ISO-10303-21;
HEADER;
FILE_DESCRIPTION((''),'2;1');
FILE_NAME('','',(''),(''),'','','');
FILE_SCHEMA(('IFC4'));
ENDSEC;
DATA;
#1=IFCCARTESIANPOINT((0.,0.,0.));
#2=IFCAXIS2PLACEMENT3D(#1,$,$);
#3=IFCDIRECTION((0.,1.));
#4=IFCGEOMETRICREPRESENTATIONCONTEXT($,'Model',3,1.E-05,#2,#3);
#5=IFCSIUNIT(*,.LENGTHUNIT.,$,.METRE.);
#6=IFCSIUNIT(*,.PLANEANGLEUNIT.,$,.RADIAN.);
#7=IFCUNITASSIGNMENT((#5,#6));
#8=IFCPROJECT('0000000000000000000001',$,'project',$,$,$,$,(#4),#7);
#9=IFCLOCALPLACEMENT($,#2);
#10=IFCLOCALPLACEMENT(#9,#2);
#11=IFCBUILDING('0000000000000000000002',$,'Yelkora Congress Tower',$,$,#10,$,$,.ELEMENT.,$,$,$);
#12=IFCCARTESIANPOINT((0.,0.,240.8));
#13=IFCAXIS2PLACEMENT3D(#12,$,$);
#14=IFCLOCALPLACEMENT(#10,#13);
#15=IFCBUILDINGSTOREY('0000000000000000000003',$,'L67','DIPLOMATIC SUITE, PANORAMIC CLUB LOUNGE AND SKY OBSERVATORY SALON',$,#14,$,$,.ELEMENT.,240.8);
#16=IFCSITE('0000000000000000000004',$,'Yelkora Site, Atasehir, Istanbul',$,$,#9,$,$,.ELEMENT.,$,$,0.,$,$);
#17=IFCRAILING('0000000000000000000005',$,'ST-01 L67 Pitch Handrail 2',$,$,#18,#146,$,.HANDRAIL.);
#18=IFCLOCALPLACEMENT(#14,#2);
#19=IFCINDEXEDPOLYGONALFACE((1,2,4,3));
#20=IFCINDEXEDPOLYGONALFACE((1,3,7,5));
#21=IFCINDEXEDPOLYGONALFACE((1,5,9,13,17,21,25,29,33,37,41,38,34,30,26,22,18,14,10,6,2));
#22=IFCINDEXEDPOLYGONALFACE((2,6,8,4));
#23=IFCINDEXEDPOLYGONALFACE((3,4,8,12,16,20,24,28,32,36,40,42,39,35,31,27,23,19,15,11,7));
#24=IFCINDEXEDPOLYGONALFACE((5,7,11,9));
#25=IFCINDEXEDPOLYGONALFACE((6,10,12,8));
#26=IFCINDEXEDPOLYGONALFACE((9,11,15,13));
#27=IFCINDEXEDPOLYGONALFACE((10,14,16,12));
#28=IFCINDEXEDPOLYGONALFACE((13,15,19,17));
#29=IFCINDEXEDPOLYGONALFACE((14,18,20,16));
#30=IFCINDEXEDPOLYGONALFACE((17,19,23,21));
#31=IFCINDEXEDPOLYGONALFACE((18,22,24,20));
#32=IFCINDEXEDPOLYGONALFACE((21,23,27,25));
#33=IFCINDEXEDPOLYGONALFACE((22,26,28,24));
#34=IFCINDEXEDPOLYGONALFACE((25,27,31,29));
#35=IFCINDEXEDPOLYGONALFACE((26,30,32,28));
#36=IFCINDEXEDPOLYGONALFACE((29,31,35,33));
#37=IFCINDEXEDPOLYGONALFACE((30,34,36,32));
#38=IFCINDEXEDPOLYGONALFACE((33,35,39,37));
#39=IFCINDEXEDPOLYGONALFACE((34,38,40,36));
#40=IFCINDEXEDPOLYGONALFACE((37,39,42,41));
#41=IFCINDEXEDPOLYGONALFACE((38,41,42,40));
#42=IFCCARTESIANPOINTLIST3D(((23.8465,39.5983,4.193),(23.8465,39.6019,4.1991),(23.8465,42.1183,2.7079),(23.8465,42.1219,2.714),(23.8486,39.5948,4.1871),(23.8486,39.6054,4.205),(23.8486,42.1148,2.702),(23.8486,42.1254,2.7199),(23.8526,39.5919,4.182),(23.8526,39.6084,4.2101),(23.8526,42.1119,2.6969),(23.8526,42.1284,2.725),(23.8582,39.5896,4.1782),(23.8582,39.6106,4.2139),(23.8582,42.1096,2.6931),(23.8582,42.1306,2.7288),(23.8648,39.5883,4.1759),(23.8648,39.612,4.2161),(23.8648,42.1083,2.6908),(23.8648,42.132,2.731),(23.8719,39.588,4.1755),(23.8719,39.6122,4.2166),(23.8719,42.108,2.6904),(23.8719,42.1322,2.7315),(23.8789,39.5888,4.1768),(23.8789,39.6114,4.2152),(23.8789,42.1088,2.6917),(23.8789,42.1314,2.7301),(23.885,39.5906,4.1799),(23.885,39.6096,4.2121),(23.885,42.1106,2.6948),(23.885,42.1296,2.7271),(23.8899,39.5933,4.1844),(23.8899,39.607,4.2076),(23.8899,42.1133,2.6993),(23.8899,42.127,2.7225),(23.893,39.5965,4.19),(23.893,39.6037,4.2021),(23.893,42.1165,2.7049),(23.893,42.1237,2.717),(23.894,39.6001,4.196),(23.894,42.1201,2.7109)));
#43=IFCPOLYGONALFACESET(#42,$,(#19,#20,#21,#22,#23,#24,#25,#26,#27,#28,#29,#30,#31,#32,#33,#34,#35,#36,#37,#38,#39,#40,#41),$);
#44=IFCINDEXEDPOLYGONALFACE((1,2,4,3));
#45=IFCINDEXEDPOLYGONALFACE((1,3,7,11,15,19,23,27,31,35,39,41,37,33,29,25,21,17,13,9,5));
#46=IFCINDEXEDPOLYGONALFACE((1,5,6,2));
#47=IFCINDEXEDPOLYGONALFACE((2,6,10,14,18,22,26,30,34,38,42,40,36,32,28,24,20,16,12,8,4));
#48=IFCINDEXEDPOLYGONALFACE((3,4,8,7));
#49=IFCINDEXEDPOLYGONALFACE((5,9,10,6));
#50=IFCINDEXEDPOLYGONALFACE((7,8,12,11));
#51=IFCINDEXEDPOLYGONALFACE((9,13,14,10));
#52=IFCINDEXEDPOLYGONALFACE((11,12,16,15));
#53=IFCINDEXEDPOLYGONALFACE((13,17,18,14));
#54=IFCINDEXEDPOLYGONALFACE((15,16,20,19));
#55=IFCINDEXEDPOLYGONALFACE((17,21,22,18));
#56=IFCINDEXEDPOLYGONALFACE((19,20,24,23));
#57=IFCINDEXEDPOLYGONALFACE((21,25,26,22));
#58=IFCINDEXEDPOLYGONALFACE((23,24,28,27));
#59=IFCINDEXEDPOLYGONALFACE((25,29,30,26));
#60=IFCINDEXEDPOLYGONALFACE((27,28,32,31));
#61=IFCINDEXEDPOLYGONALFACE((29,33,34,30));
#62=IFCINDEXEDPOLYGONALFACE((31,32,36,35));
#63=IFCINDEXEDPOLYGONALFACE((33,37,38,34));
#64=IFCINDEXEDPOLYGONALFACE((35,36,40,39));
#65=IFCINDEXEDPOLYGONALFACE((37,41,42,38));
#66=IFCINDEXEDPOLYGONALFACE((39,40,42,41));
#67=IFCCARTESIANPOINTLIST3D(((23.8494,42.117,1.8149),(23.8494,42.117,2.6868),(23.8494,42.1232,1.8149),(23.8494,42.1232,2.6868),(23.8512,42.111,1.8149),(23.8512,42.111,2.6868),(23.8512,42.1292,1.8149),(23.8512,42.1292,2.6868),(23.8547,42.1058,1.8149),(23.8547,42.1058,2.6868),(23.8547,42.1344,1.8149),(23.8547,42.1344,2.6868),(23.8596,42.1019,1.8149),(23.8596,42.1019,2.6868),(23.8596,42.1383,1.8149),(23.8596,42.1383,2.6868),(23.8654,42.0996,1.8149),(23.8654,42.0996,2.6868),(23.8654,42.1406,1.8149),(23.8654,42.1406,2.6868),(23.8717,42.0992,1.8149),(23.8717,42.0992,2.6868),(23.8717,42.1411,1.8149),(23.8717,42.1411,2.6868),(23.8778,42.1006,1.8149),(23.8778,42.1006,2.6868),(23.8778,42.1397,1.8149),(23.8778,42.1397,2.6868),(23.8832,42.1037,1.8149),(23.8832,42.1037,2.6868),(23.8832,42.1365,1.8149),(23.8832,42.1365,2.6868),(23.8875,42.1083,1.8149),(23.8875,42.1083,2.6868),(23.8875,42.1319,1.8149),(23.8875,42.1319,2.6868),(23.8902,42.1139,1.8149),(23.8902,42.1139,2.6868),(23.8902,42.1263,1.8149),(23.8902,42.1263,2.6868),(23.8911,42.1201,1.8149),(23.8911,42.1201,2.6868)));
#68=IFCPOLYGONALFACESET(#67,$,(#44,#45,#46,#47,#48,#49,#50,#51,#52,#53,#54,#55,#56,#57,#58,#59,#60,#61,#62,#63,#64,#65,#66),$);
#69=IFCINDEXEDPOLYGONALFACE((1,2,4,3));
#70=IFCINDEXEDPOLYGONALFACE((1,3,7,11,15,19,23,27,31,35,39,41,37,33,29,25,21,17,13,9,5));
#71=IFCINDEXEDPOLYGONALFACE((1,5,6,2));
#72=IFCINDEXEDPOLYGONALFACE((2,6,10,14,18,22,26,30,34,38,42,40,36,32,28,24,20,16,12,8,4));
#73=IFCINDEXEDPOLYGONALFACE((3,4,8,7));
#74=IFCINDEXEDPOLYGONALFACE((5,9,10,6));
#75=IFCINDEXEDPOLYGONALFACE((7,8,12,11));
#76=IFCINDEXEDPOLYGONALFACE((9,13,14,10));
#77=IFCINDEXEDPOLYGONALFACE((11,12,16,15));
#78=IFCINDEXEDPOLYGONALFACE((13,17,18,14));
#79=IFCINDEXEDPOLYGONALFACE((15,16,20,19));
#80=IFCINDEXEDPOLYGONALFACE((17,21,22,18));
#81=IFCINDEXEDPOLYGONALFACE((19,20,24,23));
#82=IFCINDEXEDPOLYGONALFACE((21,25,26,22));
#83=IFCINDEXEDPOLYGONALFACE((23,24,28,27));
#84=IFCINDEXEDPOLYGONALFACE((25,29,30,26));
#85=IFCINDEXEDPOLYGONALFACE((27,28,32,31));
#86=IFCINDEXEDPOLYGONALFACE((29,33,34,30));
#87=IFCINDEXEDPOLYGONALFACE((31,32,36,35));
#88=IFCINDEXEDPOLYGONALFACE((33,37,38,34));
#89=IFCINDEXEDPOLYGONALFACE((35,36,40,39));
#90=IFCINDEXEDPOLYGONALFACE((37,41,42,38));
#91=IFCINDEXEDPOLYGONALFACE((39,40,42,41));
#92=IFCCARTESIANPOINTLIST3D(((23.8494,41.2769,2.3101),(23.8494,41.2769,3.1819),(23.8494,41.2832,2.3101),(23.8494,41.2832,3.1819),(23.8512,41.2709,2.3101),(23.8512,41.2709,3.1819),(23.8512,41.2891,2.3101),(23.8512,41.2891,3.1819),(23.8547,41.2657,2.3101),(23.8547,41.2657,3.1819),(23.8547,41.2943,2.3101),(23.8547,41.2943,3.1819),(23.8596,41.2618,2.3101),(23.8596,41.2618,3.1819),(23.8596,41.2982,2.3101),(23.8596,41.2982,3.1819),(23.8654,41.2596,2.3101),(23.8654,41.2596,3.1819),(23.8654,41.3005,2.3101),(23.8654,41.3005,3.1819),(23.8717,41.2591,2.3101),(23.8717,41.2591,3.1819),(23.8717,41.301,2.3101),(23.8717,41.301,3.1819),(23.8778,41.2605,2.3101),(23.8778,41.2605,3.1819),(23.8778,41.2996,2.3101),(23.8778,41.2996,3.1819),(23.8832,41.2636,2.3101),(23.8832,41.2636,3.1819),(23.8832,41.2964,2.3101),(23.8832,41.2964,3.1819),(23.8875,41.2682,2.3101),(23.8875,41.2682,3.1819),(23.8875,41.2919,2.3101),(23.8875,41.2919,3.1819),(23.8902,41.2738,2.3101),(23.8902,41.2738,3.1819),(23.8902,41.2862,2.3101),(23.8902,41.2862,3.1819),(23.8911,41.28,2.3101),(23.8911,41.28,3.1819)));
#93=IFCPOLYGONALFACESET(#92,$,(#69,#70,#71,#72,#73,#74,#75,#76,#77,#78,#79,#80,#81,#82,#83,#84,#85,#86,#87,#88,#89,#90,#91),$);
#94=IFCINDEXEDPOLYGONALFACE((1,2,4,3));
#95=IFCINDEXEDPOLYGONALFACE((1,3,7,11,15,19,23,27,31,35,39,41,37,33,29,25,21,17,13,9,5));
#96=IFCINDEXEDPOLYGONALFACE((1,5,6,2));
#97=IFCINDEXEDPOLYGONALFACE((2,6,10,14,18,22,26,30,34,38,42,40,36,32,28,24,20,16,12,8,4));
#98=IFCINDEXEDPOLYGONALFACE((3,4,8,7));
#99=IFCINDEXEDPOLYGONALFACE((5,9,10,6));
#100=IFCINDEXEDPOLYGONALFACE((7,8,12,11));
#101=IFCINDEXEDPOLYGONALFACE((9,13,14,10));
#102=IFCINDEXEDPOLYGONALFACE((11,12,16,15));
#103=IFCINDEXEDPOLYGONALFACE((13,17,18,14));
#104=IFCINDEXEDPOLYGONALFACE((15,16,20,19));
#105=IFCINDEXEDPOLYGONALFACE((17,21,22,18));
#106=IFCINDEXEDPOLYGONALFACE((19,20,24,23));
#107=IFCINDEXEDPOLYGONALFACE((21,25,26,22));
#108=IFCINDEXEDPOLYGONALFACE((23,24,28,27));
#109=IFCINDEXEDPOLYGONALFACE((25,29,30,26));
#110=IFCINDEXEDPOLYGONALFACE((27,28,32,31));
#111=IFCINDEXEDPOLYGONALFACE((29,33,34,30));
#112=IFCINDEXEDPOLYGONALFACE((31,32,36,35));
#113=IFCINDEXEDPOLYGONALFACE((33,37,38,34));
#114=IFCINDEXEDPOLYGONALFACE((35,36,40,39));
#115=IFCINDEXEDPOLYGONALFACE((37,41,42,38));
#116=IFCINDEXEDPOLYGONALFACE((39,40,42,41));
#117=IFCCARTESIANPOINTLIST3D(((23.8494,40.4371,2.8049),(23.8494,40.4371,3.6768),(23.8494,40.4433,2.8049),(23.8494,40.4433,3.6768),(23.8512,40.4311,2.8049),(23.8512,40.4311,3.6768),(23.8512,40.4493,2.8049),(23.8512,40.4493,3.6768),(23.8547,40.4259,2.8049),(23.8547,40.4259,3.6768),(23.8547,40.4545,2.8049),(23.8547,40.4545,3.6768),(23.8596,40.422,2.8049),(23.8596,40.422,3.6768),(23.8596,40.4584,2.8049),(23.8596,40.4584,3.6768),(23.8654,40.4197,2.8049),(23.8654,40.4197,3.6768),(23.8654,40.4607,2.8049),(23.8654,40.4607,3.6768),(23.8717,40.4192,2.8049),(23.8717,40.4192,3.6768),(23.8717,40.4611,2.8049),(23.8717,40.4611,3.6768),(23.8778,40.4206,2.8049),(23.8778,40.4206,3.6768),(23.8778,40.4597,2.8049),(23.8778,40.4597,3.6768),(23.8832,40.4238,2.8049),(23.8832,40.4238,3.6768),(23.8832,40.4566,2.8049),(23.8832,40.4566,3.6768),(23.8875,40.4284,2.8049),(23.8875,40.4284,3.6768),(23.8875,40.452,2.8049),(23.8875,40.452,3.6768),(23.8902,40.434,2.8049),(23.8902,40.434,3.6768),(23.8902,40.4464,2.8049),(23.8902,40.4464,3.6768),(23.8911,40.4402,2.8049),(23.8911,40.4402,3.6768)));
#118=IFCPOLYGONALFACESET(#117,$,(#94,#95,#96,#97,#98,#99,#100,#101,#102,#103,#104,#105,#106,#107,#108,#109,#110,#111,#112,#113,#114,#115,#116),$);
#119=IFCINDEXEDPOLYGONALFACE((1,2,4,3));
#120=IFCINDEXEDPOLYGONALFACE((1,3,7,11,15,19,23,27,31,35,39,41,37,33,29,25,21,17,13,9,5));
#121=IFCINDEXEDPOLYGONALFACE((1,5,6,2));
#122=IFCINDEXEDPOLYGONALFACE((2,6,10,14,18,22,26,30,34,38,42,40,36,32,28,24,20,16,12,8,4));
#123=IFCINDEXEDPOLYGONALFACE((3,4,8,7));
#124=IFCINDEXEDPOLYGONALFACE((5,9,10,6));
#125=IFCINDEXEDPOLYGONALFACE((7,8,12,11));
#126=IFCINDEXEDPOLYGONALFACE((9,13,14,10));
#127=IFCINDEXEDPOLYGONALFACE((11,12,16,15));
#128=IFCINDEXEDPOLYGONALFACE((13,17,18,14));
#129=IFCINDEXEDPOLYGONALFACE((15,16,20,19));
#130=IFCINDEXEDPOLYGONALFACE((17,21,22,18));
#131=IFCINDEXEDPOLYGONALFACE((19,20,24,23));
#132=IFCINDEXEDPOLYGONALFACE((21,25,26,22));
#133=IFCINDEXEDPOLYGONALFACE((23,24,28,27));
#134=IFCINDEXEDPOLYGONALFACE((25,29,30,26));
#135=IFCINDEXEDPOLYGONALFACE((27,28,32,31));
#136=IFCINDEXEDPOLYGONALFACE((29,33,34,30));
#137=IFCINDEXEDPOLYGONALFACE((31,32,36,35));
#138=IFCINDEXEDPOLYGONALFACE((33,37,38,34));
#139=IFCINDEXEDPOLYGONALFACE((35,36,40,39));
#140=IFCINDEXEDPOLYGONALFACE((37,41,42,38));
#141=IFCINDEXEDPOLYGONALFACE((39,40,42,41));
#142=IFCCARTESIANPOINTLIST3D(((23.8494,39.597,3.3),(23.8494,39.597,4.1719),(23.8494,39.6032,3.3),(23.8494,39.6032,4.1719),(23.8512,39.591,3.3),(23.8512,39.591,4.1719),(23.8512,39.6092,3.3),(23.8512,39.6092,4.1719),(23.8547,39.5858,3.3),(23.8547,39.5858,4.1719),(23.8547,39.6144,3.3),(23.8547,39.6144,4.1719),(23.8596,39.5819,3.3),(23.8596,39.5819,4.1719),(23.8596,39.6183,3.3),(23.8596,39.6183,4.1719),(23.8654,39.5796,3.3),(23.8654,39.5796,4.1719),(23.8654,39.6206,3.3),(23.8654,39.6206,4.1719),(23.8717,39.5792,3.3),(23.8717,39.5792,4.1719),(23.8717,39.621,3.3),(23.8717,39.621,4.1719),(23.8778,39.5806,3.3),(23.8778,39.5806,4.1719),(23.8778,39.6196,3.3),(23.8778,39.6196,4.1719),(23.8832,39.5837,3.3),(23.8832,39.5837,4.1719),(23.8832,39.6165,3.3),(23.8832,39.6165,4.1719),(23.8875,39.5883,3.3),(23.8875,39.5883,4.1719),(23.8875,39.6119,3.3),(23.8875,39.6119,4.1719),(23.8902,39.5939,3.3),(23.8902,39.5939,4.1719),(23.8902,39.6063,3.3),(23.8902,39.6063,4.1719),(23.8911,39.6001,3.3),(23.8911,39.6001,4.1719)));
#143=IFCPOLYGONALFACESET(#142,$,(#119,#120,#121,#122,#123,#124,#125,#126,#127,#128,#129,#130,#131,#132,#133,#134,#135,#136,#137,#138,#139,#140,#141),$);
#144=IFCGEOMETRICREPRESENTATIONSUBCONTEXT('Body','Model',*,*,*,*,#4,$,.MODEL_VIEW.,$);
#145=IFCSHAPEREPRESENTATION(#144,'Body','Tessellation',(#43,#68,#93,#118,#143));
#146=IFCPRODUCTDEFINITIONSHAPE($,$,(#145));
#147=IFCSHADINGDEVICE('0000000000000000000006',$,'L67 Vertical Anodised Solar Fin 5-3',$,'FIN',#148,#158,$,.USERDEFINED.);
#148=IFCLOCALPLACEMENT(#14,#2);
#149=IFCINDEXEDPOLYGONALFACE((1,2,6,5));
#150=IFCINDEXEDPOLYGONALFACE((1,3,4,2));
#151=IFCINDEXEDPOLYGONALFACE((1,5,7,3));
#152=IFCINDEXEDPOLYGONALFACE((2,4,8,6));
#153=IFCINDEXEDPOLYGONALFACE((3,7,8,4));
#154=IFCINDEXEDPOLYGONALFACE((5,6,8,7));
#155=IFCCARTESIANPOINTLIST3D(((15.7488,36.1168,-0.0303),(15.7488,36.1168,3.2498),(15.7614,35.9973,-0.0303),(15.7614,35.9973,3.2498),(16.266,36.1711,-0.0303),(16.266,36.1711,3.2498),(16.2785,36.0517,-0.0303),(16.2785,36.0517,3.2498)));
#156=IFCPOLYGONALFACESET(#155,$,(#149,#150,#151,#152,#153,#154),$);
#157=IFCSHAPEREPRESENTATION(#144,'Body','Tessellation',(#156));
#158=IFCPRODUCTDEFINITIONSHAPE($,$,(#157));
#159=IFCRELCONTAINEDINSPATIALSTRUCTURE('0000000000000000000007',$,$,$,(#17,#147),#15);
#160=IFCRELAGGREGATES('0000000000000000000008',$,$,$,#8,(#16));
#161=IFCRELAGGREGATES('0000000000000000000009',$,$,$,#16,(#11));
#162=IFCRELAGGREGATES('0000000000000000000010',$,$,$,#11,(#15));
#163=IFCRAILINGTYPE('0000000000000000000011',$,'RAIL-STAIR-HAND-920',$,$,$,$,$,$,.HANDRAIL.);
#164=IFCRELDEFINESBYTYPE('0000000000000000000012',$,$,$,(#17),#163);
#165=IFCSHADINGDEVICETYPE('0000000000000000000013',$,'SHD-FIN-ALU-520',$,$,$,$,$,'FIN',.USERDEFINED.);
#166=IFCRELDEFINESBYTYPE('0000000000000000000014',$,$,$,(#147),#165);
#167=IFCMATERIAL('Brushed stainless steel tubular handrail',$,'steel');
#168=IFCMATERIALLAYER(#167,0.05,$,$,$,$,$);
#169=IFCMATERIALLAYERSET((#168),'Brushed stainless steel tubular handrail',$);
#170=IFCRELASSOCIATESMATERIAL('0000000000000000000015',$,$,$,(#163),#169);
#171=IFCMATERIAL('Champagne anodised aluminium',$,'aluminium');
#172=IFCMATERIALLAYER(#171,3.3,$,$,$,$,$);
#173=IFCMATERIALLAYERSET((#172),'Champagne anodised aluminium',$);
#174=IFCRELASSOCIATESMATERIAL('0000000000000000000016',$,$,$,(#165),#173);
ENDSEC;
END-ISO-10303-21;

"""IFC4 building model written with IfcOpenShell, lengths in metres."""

from ifc_helpers import new_model, si_unit, direction, frame, origin, origin_2d, place, context, subcontext, project, spatial, rectangle, circle, extrude, material, layer, layer_set, type_object, element, save


model = new_model("IFC4")

# Units and contexts
model_context = context("Model", 3, precision=1e-05, world=origin(), true_north=direction((0.0, 1.0)))
body_context = subcontext(model_context, "Body", "Model", "MODEL_VIEW")
ifc_project = project(units=[si_unit("LENGTHUNIT", "METRE"), si_unit("PLANEANGLEUNIT", "RADIAN")], contexts=[model_context])

# Site, building, storey
site_placement = place(None, origin())
site = spatial("IfcSite", under=ifc_project, at=site_placement, Name="Yelkora Site, Atasehir, Istanbul", CompositionType="ELEMENT", RefElevation=0.0)
building_placement = place(site_placement, origin())
building = spatial("IfcBuilding", under=site, at=building_placement, Name="Yelkora Congress Tower", CompositionType="ELEMENT")
storey_placement = place(building_placement, frame((0.0, 0.0, 240.8)))
storey = spatial("IfcBuildingStorey", under=building, at=storey_placement, Name="L67", Description="DIPLOMATIC SUITE, PANORAMIC CLUB LOUNGE AND SKY OBSERVATORY SALON", CompositionType="ELEMENT", Elevation=240.8)

# Railing
ifc_material_1 = material(Name="Brushed stainless steel tubular handrail", Category="steel")
ifc_layer_1 = layer(ifc_material_1, 0.05)
ifc_layer_set_1 = layer_set([ifc_layer_1], Name="Brushed stainless steel tubular handrail")
railing_type_1 = type_object("IfcRailingType", Name="RAIL-STAIR-HAND-920", PredefinedType="HANDRAIL", material=ifc_layer_set_1)
railing_1_placement = place(storey_placement, frame((23.8701, 42.1201, 1.8149)))
element("IfcRailing", 1, at=railing_1_placement, inside=storey, type_object=railing_type_1, Name="ST-01 L67 Pitch Handrail 2", PredefinedType="HANDRAIL", context=body_context, shape_type="SweptSolid", body=[
    extrude(circle(Radius=0.0239, at=origin_2d()), frame((0.0, 0.0, 0.896), z_axis=(0.0, -0.861524, 0.507717), x_axis=(1.0, 0.0, 0.0)), (0.0, 0.0, 1.0), 2.925),
    extrude(circle(Radius=0.021, at=origin_2d()), origin(), (0.0, 0.0, 1.0), 0.8718),
    extrude(circle(Radius=0.021, at=origin_2d()), frame((0.0, -0.8401, 0.4951)), (0.0, 0.0, 1.0), 0.8718),
    extrude(circle(Radius=0.021, at=origin_2d()), frame((0.0, -1.6799, 0.99)), (0.0, 0.0, 1.0), 0.8718),
    extrude(circle(Radius=0.021, at=origin_2d()), frame((0.0, -2.52, 1.4851)), (0.0, 0.0, 1.0), 0.8718),
])

# Shading device
ifc_material_2 = material(Name="Champagne anodised aluminium", Category="aluminium")
ifc_layer_2 = layer(ifc_material_2, 3.3)
ifc_layer_set_2 = layer_set([ifc_layer_2], Name="Champagne anodised aluminium")
shading_device_type = type_object("IfcShadingDeviceType", Name="SHD-FIN-ALU-520", ElementType="FIN", PredefinedType="USERDEFINED", material=ifc_layer_set_2)
shading_device_placement = place(storey_placement, frame((16.0137, 36.0842, -0.0303), z_axis=(0.0, 0.0, 1.0), x_axis=(-0.104528, 0.994522, 0.0)))
element("IfcShadingDevice", 2, at=shading_device_placement, inside=storey, type_object=shading_device_type, Name="L67 Vertical Anodised Solar Fin 5-3", ObjectType="FIN", PredefinedType="USERDEFINED", context=body_context, shape_type="SweptSolid", body=[
    extrude(rectangle(XDim=0.1201, YDim=0.52, at=origin_2d()), origin(), (0.0, 0.0, 1.0), 3.28),
])

save(model, "model.ifc")
